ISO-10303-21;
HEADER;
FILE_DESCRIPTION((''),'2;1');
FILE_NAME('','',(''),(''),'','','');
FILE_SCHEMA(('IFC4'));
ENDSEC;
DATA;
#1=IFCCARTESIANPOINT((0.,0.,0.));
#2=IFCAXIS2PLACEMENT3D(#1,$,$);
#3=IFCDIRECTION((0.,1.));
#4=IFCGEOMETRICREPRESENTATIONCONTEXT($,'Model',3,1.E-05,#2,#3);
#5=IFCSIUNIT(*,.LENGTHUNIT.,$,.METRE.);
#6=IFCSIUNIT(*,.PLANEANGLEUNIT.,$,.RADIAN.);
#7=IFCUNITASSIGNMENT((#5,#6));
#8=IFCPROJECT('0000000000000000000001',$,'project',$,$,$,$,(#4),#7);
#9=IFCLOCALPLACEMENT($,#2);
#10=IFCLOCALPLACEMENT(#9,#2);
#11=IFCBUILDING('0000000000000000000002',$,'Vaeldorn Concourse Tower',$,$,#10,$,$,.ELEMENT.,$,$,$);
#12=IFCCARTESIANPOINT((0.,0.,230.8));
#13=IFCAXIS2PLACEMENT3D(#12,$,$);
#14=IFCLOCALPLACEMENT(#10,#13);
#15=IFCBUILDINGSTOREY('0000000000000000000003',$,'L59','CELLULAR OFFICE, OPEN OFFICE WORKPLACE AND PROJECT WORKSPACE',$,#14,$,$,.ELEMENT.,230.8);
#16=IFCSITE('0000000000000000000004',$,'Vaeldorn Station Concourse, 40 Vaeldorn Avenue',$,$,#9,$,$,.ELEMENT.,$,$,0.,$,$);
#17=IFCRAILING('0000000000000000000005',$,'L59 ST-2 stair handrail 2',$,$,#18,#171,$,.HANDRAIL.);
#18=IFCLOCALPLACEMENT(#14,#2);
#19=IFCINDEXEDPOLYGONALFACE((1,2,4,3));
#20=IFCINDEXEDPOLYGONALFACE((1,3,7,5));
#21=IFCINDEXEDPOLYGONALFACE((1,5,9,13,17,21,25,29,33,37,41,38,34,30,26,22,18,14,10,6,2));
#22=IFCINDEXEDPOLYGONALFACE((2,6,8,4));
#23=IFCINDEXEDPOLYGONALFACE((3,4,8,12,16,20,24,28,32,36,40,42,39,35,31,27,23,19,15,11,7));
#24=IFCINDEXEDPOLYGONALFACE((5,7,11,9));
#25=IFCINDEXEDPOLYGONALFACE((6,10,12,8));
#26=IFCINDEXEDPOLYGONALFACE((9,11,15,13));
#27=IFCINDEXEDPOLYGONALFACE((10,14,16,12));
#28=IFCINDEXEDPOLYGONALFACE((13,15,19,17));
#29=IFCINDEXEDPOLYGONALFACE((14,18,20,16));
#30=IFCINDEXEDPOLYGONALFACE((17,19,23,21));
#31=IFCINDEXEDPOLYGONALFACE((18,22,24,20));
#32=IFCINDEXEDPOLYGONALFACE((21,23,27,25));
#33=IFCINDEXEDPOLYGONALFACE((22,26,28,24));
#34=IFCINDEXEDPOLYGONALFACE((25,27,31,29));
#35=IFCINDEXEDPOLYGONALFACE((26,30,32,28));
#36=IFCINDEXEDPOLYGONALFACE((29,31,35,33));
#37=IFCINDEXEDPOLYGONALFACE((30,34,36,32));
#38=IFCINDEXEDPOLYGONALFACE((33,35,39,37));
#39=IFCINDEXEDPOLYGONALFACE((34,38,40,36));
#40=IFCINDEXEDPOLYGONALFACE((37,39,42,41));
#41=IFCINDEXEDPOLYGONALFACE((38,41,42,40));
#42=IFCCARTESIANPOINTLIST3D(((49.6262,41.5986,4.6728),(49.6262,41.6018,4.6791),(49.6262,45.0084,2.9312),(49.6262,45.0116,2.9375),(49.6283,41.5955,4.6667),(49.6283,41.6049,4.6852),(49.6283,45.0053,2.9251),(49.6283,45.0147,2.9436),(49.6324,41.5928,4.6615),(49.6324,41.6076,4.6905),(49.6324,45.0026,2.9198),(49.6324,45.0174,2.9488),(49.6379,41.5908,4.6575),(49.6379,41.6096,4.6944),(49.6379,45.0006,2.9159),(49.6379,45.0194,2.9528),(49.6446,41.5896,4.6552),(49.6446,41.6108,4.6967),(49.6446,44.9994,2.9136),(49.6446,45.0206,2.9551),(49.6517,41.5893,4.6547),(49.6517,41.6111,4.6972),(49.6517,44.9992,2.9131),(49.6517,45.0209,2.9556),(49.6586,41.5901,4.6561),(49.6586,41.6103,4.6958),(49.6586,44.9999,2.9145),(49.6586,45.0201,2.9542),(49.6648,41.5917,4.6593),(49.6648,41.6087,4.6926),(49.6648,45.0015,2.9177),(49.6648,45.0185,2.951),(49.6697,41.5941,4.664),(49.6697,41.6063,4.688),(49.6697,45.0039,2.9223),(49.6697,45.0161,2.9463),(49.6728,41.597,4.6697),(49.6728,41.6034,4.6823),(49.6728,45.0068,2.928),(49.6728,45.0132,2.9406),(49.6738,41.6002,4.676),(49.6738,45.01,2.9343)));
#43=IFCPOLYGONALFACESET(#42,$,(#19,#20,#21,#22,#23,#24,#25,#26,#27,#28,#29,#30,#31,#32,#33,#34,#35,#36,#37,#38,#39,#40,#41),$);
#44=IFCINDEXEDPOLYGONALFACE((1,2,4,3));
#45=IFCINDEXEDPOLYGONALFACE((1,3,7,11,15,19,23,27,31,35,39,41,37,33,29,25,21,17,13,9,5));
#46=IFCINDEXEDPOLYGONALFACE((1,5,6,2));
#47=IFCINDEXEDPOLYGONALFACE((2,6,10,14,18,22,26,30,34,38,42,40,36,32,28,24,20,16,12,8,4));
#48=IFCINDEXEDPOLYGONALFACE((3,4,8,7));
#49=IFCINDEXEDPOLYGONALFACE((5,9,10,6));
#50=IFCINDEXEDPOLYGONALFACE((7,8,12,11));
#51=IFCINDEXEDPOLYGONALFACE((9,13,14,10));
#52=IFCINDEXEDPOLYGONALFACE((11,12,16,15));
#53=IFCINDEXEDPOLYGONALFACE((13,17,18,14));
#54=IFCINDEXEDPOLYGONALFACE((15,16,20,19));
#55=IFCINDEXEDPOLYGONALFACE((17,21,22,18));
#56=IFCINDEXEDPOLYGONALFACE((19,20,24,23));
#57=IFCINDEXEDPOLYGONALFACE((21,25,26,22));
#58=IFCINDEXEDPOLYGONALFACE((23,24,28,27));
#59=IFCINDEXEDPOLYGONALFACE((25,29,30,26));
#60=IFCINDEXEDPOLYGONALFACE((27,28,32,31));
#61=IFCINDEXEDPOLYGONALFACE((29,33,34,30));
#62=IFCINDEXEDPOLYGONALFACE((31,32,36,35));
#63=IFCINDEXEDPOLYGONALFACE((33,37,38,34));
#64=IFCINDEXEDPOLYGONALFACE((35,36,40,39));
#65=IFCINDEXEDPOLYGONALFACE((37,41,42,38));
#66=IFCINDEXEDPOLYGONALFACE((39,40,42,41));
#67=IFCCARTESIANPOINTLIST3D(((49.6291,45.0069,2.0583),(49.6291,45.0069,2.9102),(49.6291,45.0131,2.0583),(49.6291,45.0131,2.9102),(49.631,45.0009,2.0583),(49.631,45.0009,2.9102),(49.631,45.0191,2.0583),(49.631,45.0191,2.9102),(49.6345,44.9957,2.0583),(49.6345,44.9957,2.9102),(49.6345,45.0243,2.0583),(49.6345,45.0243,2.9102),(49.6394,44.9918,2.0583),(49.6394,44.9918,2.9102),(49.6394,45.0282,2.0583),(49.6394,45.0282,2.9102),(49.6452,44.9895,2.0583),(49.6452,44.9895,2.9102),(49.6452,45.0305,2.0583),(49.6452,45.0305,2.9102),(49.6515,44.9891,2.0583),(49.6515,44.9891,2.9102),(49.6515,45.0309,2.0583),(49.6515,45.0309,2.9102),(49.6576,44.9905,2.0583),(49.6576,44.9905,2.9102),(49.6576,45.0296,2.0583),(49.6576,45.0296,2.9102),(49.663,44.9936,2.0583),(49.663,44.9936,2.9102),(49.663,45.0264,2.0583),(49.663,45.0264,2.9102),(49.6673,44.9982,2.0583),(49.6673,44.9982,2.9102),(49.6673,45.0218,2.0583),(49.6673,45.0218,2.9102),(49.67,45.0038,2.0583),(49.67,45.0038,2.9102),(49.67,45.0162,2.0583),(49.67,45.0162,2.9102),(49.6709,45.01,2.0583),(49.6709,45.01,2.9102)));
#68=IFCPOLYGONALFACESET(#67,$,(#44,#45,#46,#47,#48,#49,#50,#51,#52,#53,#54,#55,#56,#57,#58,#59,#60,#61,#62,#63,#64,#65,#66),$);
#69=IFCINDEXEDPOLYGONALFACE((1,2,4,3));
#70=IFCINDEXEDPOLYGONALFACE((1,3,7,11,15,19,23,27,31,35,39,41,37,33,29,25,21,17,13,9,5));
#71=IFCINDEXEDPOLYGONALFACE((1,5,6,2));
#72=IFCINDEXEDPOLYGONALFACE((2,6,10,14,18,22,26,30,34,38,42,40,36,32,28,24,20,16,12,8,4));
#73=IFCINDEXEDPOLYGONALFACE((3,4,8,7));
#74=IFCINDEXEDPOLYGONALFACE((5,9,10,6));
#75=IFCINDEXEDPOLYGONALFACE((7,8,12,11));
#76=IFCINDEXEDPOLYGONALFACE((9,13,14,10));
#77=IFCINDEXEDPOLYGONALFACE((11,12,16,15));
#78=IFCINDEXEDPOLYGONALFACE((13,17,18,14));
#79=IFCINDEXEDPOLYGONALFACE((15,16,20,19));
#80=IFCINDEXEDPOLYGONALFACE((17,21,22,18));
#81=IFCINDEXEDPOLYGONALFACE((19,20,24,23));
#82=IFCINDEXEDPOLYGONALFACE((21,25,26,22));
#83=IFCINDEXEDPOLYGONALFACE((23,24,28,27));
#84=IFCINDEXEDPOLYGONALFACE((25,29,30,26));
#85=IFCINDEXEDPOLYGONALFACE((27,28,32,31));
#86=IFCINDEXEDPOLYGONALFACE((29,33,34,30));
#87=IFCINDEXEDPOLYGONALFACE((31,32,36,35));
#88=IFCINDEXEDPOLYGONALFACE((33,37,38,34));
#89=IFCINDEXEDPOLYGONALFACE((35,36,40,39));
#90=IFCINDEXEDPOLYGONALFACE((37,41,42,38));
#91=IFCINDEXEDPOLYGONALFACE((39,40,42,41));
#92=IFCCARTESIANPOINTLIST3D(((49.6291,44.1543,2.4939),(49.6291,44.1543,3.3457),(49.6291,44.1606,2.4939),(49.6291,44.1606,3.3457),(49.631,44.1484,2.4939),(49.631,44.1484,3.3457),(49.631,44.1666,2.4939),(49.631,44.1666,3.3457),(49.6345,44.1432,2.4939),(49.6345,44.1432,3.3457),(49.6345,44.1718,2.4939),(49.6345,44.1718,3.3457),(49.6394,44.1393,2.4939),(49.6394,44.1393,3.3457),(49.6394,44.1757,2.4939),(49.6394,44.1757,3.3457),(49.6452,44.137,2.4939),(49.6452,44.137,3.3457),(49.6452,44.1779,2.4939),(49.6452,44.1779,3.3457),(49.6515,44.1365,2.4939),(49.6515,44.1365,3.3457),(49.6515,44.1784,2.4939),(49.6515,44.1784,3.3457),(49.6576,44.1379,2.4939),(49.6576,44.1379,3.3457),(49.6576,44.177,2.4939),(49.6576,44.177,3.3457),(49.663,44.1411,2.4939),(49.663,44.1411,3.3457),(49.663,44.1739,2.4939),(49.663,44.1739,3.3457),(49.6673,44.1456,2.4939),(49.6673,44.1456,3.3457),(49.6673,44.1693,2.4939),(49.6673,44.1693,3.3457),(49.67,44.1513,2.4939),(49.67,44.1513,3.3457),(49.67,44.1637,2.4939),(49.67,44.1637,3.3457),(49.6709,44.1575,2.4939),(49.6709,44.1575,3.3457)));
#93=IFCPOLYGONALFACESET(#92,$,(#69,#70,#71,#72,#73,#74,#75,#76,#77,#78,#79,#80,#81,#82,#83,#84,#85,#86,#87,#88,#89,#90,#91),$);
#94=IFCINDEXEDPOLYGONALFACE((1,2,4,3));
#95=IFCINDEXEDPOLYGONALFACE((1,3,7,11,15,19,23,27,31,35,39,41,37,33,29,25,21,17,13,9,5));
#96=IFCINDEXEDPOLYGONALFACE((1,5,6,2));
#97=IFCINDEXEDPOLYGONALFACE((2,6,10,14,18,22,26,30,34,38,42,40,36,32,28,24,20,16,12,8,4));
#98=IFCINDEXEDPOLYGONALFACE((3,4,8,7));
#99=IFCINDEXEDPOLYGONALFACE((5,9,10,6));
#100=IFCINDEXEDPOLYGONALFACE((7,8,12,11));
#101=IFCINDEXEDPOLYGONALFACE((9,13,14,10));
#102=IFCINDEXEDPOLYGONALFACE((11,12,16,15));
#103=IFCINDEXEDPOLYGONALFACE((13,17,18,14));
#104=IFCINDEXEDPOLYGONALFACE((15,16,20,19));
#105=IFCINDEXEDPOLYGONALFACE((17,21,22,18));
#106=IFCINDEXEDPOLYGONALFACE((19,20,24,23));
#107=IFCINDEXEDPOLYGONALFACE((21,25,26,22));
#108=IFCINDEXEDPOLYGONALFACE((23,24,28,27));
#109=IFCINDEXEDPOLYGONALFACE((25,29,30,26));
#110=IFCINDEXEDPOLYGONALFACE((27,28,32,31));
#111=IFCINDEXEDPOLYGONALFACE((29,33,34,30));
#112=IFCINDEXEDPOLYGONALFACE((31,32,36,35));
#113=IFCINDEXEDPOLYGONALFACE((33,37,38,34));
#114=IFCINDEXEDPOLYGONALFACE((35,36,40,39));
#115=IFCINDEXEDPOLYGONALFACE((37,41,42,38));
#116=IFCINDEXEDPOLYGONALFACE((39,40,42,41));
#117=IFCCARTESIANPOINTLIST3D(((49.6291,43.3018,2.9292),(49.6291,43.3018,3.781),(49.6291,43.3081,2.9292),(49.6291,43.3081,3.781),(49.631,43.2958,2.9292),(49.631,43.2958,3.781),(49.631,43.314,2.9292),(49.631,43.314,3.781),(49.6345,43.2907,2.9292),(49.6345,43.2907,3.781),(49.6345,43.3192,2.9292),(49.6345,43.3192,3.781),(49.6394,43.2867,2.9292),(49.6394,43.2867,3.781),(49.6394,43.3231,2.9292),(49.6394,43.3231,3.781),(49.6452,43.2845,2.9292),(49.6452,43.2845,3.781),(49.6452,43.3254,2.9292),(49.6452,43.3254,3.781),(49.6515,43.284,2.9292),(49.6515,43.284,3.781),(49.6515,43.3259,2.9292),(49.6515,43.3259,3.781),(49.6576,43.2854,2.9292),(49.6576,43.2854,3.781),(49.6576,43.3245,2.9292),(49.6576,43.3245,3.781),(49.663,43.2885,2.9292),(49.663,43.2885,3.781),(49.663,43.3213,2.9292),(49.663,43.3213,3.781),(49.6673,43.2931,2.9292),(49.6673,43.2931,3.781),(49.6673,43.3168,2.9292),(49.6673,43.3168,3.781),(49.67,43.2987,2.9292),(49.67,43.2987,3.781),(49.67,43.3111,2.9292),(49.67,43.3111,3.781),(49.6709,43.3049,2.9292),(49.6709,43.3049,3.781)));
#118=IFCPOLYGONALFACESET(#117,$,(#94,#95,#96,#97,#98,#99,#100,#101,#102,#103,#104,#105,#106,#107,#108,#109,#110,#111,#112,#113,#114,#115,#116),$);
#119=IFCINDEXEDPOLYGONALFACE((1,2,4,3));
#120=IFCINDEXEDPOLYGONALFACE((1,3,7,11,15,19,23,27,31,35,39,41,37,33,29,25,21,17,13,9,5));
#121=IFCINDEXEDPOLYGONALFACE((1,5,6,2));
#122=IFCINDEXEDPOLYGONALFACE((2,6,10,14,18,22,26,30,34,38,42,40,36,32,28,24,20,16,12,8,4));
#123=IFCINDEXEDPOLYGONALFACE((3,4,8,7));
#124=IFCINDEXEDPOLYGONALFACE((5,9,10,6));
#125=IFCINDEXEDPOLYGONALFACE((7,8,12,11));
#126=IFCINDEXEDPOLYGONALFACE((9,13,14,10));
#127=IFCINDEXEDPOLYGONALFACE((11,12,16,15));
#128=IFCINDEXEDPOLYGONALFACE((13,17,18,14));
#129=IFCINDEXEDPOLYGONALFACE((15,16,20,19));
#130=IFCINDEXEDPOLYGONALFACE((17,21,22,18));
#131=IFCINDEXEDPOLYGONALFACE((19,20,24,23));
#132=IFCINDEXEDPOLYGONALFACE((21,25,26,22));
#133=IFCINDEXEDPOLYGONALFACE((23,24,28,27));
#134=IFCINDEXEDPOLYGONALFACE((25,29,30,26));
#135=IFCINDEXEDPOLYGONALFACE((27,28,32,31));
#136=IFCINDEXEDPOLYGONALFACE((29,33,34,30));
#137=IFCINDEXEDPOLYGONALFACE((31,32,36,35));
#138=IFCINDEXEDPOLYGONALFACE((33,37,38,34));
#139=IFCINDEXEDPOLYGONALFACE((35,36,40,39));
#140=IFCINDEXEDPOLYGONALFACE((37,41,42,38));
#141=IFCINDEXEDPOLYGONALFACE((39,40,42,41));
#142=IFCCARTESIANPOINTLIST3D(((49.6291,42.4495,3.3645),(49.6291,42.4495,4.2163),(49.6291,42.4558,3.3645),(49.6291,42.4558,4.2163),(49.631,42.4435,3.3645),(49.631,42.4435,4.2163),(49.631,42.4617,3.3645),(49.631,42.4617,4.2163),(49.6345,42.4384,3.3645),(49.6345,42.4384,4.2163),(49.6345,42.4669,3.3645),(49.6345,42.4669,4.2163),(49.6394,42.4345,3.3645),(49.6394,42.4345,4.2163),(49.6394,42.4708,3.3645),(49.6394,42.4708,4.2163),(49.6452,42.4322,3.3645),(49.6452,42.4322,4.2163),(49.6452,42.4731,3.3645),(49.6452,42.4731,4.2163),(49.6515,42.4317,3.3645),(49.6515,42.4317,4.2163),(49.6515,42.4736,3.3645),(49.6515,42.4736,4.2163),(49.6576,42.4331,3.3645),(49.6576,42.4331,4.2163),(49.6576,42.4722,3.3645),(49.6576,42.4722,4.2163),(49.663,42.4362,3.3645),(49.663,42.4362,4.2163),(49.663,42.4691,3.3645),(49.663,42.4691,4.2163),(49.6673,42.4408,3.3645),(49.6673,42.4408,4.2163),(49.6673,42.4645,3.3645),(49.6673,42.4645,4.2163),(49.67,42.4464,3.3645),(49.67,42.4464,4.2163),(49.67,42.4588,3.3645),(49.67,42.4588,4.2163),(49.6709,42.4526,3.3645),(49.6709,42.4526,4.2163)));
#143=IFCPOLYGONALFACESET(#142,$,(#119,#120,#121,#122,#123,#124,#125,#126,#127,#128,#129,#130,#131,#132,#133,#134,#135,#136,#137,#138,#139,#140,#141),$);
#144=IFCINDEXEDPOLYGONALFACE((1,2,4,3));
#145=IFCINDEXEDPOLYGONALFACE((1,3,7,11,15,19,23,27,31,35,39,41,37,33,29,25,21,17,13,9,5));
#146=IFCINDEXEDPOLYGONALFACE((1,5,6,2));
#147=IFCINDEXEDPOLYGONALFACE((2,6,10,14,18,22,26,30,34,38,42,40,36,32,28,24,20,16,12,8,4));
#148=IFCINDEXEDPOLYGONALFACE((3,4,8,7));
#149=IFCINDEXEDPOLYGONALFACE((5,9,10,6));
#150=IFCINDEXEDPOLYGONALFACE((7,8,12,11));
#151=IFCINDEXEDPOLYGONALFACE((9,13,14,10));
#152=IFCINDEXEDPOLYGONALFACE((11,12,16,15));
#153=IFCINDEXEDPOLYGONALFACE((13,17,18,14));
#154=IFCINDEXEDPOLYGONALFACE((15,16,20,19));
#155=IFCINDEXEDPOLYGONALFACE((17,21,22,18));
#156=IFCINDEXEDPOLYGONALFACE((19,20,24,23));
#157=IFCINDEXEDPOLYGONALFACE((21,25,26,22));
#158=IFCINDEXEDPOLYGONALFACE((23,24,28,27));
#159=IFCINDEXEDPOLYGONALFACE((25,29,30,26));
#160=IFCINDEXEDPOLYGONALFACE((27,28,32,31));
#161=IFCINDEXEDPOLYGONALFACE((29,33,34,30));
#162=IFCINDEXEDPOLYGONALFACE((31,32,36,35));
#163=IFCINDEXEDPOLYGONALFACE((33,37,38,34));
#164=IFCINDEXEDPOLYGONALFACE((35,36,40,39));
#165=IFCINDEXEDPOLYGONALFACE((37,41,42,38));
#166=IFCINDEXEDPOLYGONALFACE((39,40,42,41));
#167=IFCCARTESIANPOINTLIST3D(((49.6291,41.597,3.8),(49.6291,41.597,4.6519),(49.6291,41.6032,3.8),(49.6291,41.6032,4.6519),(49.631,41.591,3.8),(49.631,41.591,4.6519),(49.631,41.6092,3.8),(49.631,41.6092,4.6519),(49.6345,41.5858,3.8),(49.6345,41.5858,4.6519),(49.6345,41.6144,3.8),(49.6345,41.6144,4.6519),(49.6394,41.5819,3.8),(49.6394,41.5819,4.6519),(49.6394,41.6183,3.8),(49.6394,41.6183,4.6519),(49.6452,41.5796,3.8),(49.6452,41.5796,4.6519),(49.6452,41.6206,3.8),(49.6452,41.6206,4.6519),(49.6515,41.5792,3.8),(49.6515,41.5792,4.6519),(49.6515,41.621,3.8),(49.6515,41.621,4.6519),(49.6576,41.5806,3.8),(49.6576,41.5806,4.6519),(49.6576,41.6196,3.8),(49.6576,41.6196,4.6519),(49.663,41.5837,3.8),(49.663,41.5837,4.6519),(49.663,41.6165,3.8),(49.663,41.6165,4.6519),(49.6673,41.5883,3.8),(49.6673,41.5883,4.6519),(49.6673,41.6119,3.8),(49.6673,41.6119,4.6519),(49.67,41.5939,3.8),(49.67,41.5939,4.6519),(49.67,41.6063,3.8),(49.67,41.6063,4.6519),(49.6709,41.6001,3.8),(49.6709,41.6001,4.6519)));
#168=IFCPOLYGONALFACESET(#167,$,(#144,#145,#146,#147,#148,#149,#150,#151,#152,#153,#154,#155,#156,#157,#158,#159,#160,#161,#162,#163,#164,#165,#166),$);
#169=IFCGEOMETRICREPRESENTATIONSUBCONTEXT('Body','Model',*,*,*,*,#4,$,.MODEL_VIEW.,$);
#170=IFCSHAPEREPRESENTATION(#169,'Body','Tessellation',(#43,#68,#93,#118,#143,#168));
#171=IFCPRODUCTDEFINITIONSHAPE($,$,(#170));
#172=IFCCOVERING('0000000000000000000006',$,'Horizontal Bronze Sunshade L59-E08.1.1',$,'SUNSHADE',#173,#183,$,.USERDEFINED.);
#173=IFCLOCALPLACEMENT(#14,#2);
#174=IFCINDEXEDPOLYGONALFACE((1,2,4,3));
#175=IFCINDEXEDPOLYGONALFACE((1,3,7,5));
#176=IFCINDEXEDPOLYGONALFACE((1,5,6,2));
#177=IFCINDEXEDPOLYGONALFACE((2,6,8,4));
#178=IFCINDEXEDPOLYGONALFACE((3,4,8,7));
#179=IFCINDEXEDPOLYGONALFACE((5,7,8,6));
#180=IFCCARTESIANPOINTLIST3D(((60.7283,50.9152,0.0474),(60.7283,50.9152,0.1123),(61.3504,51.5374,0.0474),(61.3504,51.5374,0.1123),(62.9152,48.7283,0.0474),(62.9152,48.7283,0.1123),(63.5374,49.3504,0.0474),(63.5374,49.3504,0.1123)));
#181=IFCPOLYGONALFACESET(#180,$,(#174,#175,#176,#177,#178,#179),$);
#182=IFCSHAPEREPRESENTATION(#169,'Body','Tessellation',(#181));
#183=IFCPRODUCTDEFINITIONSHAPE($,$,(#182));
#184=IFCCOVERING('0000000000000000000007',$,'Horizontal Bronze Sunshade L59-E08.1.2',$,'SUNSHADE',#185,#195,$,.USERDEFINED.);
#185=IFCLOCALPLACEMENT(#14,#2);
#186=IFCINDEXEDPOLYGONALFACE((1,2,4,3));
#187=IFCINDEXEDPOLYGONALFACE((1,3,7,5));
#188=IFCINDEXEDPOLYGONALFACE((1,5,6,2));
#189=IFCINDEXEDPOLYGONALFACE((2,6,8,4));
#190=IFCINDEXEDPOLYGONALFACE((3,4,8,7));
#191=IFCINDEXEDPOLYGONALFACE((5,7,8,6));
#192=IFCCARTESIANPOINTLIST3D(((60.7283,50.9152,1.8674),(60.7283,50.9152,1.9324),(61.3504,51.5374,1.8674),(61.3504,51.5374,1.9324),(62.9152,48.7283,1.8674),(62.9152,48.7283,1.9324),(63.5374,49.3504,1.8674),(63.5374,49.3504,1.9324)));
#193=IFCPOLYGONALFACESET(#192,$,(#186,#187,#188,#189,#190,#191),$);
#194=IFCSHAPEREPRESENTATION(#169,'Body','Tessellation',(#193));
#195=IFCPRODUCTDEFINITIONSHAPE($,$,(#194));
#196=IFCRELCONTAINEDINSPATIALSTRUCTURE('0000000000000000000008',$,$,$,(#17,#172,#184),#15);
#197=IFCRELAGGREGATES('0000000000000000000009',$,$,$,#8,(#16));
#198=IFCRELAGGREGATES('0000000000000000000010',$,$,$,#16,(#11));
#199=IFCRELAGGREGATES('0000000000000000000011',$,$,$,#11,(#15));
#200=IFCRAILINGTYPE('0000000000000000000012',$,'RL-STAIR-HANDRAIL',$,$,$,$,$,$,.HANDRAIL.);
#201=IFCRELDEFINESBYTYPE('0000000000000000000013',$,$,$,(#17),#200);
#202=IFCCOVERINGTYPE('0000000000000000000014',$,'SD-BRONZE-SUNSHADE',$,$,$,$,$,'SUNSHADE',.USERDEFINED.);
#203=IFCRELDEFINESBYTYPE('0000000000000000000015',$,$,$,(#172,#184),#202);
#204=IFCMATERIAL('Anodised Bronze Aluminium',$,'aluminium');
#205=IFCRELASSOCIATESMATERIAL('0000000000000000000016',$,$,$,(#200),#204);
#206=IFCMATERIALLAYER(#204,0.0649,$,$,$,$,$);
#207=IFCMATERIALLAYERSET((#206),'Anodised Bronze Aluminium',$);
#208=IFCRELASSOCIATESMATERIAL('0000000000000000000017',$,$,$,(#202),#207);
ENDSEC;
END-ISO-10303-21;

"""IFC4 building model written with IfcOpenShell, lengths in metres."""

from ifc_helpers import new_model, si_unit, direction, frame, origin, origin_2d, place, context, subcontext, project, spatial, rectangle, circle, extrude, source, transform, mapped, material, layer, layer_set, type_object, element, save


model = new_model("IFC4")

# Units and contexts
model_context = context("Model", 3, precision=1e-05, world=origin(), true_north=direction((0.0, 1.0)))
body_context = subcontext(model_context, "Body", "Model", "MODEL_VIEW")
ifc_project = project(units=[si_unit("LENGTHUNIT", "METRE"), si_unit("PLANEANGLEUNIT", "RADIAN")], contexts=[model_context])

# Site, building, storey
site_placement = place(None, origin())
site = spatial("IfcSite", under=ifc_project, at=site_placement, Name="Vaeldorn Station Concourse, 40 Vaeldorn Avenue", CompositionType="ELEMENT", RefElevation=0.0)
building_placement = place(site_placement, origin())
building = spatial("IfcBuilding", under=site, at=building_placement, Name="Vaeldorn Concourse Tower", CompositionType="ELEMENT")
storey_placement = place(building_placement, frame((0.0, 0.0, 230.8)))
storey = spatial("IfcBuildingStorey", under=building, at=storey_placement, Name="L59", Description="CELLULAR OFFICE, OPEN OFFICE WORKPLACE AND PROJECT WORKSPACE", CompositionType="ELEMENT", Elevation=230.8)

# Shared definitions
ifc_material_1 = material(Name="Anodised Bronze Aluminium", Category="aluminium")

# Railing
railing_type_1 = type_object("IfcRailingType", Name="RL-STAIR-HANDRAIL", PredefinedType="HANDRAIL", material=ifc_material_1)
railing_1_placement = place(storey_placement, frame((49.6499, 45.01, 2.0583)))
element("IfcRailing", 1, at=railing_1_placement, inside=storey, type_object=railing_type_1, Name="L59 ST-2 stair handrail 2", PredefinedType="HANDRAIL", context=body_context, shape_type="SweptSolid", body=[
    extrude(circle(Radius=0.0239, at=origin_2d()), frame((0.0, 0.0, 0.876), z_axis=(0.0, -0.890556, 0.454874), x_axis=(1.0, 0.0, 0.0)), (0.0, 0.0, 1.0), 3.8289),
    extrude(circle(Radius=0.021, at=origin_2d()), origin(), (0.0, 0.0, 1.0), 0.8518),
    extrude(circle(Radius=0.021, at=origin_2d()), frame((0.0, -0.8525, 0.4355)), (0.0, 0.0, 1.0), 0.8518),
    extrude(circle(Radius=0.021, at=origin_2d()), frame((0.0, -1.7051, 0.8708)), (0.0, 0.0, 1.0), 0.8518),
    extrude(circle(Radius=0.021, at=origin_2d()), frame((0.0, -2.5574, 1.3062)), (0.0, 0.0, 1.0), 0.8518),
    extrude(circle(Radius=0.021, at=origin_2d()), frame((0.0, -3.4099, 1.7417)), (0.0, 0.0, 1.0), 0.8518),
])

# Coverings
ifc_layer_1 = layer(ifc_material_1, 0.0649)
ifc_layer_set_1 = layer_set([ifc_layer_1], Name="Anodised Bronze Aluminium")
covering_type = type_object("IfcCoveringType", Name="SD-BRONZE-SUNSHADE", ElementType="SUNSHADE", PredefinedType="USERDEFINED", material=ifc_layer_set_1)
shared_shape_1 = source(origin(), body_context, "Body", "SweptSolid", [
    extrude(rectangle(XDim=3.0928, YDim=0.8799, at=origin_2d()), origin(), (0.0, 0.0, 1.0), 0.0649),
])
for number, where, z_axis, x_axis, name in (
    (2, (62.1328, 50.1328, 0.0474), (0.0, 0.0, 1.0), (-0.707107, 0.707107, 0.0), "Horizontal Bronze Sunshade L59-E08.1.1"),
    (3, (62.1328, 50.1328, 1.8674), (0.0, 0.0, 1.0), (-0.707107, 0.707107, 0.0), "Horizontal Bronze Sunshade L59-E08.1.2"),
):
    element("IfcCovering", number, at=place(storey_placement, frame(where, z_axis=z_axis, x_axis=x_axis)), inside=storey, type_object=covering_type, Name=name, ObjectType="SUNSHADE", PredefinedType="USERDEFINED", context=body_context, shape_type="MappedRepresentation", body=[
        mapped(shared_shape_1, transform((0.0, 0.0, 0.0), scale=1.0)),
    ])

save(model, "model.ifc")
